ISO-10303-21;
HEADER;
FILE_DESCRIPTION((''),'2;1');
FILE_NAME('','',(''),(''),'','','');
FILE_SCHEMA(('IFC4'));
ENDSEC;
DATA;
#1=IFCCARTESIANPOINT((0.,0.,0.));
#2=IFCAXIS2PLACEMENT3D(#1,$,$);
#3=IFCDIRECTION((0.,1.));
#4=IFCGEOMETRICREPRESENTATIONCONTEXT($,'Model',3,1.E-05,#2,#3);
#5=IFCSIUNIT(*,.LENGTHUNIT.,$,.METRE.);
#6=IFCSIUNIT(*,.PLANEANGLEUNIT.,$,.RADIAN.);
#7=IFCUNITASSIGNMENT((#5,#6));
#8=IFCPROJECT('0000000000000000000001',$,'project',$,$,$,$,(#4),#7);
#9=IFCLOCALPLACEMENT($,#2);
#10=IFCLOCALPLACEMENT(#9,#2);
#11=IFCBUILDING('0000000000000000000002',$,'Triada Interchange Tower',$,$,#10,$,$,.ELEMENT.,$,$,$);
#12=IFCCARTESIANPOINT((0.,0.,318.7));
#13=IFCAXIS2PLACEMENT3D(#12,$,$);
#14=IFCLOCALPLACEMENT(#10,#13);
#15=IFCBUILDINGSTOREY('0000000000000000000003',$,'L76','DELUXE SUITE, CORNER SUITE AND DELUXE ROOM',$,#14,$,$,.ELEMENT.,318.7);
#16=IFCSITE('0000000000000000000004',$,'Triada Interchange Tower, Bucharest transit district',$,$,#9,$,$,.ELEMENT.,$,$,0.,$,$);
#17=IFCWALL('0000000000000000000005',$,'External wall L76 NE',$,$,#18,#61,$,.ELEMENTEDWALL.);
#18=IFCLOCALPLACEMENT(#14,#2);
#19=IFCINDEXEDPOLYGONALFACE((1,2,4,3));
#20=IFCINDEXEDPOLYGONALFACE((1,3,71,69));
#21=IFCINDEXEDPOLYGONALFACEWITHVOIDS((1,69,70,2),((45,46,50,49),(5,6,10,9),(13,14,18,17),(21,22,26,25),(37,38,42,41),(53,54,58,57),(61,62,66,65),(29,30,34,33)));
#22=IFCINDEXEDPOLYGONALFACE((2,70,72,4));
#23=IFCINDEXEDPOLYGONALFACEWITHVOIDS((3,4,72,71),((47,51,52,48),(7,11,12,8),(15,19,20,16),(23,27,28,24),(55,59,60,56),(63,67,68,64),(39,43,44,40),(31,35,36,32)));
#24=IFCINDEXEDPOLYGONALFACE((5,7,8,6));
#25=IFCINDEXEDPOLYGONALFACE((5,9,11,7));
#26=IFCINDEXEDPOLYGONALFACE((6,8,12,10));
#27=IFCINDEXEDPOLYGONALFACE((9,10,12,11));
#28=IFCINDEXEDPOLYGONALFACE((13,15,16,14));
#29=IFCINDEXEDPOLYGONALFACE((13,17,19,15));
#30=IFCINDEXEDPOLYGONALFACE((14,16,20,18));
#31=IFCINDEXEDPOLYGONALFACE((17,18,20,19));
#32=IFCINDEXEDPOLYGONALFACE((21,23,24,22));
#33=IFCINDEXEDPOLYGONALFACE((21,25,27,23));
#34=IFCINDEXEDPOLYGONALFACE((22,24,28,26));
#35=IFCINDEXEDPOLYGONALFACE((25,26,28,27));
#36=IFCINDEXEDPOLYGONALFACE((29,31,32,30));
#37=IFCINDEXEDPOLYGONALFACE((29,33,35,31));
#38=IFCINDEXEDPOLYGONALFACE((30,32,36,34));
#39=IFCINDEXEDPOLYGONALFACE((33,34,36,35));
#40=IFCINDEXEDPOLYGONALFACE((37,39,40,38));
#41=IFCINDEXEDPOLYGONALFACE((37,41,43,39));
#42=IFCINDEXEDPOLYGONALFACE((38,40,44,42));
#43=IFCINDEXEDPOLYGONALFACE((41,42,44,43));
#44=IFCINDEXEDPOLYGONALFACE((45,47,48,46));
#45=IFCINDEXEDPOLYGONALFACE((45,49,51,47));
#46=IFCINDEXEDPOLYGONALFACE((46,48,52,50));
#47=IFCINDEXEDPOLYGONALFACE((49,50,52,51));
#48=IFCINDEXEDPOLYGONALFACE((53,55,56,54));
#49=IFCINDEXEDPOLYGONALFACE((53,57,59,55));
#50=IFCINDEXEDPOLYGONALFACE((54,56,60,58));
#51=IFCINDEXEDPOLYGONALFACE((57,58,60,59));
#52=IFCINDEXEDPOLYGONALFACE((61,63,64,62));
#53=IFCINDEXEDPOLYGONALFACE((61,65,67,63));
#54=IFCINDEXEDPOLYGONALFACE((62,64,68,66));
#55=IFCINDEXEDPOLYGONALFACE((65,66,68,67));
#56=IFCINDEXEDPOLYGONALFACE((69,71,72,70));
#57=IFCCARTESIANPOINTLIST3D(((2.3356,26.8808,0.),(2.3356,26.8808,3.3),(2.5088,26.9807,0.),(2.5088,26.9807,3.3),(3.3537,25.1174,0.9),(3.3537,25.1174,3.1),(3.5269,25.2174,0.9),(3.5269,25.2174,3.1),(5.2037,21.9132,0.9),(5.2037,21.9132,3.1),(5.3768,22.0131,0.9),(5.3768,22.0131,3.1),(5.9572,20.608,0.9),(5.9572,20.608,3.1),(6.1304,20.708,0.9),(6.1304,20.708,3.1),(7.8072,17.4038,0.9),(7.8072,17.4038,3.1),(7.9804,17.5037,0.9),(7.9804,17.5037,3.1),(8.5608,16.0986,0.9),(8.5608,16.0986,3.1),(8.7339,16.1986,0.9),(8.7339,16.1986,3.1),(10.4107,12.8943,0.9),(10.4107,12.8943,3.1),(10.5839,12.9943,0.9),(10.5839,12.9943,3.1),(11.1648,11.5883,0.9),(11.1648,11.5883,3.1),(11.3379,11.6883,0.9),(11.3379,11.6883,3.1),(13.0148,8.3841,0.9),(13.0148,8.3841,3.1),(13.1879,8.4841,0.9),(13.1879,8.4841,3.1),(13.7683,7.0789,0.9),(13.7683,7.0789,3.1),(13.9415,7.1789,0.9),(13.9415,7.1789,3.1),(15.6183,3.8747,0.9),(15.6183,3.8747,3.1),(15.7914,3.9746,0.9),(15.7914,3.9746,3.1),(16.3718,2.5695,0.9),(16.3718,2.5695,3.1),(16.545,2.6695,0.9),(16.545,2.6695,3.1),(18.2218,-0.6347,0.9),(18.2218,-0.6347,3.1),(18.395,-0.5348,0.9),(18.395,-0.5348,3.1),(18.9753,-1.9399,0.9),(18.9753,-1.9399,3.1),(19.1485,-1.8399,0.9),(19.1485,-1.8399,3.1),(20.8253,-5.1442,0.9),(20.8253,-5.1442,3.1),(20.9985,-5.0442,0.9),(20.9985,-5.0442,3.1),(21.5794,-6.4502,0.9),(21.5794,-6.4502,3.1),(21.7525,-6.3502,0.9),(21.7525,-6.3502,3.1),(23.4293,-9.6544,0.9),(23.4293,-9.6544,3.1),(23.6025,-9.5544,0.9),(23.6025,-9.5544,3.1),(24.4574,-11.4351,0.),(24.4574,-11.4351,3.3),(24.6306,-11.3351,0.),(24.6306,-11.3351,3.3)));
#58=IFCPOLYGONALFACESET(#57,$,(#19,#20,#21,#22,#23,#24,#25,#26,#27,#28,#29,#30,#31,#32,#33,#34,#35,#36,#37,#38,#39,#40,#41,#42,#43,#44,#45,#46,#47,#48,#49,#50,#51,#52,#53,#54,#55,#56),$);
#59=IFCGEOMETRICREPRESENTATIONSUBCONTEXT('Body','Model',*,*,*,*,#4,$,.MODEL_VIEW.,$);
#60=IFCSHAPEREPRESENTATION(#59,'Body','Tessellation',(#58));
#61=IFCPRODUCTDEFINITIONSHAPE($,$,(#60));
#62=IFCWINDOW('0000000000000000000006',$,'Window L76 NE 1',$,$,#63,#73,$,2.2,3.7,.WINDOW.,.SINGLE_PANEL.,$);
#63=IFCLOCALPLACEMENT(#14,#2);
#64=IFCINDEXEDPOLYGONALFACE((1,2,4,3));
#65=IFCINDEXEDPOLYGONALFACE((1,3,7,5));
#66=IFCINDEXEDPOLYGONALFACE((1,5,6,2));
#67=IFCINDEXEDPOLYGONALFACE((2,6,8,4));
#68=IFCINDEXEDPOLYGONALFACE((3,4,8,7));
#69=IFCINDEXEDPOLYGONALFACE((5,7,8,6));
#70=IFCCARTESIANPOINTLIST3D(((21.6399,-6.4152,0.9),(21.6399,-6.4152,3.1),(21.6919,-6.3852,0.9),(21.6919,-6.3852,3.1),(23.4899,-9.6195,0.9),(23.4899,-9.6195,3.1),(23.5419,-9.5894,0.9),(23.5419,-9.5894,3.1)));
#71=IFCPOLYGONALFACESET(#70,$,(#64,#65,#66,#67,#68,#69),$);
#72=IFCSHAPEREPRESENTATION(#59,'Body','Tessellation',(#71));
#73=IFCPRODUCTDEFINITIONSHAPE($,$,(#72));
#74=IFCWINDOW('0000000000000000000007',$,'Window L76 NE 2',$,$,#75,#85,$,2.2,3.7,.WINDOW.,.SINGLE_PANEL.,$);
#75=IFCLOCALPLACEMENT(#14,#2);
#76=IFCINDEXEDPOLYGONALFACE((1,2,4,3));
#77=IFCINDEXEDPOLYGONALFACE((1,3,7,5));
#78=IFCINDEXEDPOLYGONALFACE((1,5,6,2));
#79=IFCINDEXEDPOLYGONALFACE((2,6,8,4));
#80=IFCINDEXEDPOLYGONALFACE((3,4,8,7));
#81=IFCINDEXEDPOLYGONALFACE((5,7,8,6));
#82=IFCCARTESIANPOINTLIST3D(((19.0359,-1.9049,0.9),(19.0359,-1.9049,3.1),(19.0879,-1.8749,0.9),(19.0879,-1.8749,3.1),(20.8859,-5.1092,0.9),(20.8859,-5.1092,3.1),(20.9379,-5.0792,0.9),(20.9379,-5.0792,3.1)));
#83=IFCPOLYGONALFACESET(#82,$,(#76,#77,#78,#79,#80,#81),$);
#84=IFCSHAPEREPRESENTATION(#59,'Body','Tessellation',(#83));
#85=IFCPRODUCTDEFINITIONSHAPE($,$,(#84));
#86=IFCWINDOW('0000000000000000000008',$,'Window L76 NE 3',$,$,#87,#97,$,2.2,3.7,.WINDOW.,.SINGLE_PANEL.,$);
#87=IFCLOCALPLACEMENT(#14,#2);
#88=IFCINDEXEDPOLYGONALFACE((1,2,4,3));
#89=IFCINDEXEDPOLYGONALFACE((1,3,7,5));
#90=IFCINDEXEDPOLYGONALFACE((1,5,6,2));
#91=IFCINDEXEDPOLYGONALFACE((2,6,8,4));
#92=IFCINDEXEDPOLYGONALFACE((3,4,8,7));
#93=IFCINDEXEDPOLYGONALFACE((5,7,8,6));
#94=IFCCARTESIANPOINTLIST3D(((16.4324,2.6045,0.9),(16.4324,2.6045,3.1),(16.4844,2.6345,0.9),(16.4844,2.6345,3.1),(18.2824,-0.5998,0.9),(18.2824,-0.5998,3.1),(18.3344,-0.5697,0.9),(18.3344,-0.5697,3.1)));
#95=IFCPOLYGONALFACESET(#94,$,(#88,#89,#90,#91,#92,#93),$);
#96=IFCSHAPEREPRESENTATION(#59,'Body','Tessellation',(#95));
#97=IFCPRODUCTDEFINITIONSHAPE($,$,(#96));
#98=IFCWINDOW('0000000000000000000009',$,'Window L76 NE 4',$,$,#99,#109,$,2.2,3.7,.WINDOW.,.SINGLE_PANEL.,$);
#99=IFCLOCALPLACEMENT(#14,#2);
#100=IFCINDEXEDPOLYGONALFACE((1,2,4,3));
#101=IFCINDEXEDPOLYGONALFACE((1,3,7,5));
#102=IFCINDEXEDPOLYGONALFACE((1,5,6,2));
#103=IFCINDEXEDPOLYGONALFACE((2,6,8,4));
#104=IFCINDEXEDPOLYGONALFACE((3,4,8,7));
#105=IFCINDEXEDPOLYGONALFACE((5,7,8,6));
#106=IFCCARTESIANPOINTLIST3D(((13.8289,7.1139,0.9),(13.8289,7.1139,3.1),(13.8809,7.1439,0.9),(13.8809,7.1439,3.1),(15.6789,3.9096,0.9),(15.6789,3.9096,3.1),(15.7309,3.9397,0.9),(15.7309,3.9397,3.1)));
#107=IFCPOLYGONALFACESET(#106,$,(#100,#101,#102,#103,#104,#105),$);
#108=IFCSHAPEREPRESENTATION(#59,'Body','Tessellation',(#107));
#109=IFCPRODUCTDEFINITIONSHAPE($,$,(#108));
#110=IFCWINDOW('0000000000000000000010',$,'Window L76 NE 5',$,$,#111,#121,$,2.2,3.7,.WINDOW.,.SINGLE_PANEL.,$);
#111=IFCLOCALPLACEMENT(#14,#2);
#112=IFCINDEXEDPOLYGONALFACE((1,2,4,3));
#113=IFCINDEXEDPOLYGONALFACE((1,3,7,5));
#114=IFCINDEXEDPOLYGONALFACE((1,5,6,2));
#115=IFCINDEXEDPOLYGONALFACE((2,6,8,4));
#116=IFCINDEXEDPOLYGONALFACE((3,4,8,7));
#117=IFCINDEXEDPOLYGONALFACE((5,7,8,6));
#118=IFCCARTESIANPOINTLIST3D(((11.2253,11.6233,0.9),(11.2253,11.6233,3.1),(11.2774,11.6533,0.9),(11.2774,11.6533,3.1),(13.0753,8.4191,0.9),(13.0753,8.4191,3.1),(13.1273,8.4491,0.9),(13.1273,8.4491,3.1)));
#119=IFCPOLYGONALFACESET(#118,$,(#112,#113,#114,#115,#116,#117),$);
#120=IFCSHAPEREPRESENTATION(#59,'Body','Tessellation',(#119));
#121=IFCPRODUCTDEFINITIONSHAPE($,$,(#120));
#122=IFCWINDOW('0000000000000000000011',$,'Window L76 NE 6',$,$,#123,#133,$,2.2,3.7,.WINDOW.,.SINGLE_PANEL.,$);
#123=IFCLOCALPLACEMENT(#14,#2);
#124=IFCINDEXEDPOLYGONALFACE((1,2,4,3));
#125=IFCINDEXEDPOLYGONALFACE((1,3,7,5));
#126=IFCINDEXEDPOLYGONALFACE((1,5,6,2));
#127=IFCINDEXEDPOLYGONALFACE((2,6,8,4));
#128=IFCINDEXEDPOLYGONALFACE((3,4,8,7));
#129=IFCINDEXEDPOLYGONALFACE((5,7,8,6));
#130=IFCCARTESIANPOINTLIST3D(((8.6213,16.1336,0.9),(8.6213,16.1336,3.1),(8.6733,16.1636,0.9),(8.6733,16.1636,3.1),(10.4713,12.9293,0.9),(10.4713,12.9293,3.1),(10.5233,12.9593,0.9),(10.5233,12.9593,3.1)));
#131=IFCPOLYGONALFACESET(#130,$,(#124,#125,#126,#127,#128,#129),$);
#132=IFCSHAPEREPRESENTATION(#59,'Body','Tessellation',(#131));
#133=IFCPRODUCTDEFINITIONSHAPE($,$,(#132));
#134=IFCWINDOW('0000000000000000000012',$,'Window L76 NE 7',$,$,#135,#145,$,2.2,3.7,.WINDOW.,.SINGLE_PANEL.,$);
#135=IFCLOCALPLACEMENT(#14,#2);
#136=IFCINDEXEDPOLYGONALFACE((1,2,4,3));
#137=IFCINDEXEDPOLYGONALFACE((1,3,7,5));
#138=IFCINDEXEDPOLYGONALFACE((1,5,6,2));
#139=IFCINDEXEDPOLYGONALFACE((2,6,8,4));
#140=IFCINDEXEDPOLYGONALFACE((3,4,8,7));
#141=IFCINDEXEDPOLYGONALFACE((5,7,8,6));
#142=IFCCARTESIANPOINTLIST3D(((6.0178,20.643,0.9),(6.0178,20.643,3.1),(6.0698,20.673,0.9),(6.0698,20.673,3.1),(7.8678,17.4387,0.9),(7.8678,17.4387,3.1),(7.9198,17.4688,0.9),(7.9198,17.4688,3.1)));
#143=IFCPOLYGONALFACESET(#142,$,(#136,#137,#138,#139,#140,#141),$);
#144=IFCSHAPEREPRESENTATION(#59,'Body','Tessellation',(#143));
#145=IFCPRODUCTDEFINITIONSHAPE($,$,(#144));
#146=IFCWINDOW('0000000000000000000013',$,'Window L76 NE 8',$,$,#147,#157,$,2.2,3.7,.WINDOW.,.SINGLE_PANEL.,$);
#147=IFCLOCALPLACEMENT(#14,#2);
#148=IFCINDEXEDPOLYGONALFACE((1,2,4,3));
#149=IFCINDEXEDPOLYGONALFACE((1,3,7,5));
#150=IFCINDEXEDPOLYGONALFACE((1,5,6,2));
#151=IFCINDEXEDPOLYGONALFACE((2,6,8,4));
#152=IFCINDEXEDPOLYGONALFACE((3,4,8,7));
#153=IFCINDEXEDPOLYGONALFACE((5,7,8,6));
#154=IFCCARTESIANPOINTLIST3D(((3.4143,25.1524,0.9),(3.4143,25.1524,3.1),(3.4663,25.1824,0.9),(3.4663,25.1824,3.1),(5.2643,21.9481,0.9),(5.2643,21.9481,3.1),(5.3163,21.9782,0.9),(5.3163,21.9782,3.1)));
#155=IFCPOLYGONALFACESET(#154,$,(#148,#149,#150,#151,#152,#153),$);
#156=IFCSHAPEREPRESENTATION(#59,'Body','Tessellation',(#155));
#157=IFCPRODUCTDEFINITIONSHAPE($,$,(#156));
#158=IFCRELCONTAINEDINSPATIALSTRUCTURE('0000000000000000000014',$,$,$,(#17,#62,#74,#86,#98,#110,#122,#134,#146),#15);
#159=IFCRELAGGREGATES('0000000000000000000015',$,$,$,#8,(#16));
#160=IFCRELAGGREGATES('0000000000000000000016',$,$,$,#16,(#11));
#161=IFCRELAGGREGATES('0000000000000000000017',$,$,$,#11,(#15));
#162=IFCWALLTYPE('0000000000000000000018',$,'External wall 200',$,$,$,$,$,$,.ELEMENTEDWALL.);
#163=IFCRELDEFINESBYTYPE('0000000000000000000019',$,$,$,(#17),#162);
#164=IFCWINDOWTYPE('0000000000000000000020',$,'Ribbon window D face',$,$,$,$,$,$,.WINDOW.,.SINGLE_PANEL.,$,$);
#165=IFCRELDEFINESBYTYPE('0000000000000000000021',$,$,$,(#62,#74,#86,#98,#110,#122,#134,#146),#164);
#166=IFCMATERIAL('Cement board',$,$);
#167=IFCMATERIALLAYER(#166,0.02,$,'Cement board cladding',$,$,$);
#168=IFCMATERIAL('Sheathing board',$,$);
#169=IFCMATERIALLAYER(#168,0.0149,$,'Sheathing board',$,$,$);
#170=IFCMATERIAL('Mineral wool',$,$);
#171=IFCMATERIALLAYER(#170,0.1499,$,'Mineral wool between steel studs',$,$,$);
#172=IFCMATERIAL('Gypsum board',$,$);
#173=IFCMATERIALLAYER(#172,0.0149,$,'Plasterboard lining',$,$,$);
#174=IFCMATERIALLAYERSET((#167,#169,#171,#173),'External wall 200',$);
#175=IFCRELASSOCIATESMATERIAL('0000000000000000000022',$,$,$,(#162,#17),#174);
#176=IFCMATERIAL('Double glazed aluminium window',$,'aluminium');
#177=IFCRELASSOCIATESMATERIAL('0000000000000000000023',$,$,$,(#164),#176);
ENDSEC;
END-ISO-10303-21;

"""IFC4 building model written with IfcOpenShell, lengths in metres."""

from ifc_helpers import new_model, si_unit, direction, frame, frame_2d, origin, place, context, subcontext, project, spatial, rectangle, extrude, material, layer, layer_set, layer_usage, type_object, element, fill, save


model = new_model("IFC4")

# Units and contexts
model_context = context("Model", 3, precision=1e-05, world=origin(), true_north=direction((0.0, 1.0)))
body_context = subcontext(model_context, "Body", "Model", "MODEL_VIEW")
ifc_project = project(units=[si_unit("LENGTHUNIT", "METRE"), si_unit("PLANEANGLEUNIT", "RADIAN")], contexts=[model_context])

# Site, building, storey
site_placement = place(None, origin())
site = spatial("IfcSite", under=ifc_project, at=site_placement, Name="Triada Interchange Tower, Bucharest transit district", CompositionType="ELEMENT", RefElevation=0.0)
building_placement = place(site_placement, origin())
building = spatial("IfcBuilding", under=site, at=building_placement, Name="Triada Interchange Tower", CompositionType="ELEMENT")
storey_placement = place(building_placement, frame((0.0, 0.0, 318.7)))
storey = spatial("IfcBuildingStorey", under=building, at=storey_placement, Name="L76", Description="DELUXE SUITE, CORNER SUITE AND DELUXE ROOM", CompositionType="ELEMENT", Elevation=318.7)

# Shared definitions
ifc_material_1 = material(Name="Cement board")
ifc_layer_1 = layer(ifc_material_1, 0.02, Name="Cement board cladding")
ifc_material_2 = material(Name="Sheathing board")
ifc_layer_2 = layer(ifc_material_2, 0.0149, Name="Sheathing board")
ifc_material_3 = material(Name="Mineral wool")
ifc_layer_3 = layer(ifc_material_3, 0.1499, Name="Mineral wool between steel studs")
ifc_material_4 = material(Name="Gypsum board")
ifc_layer_4 = layer(ifc_material_4, 0.0149, Name="Plasterboard lining")
ifc_layer_set_1 = layer_set([ifc_layer_1, ifc_layer_2, ifc_layer_3, ifc_layer_4], Name="External wall 200")
ifc_layer_usage = layer_usage(ifc_layer_set_1, "AXIS2", "POSITIVE", -0.1001)
wall_type = type_object("IfcWallType", Name="External wall 200", PredefinedType="ELEMENTEDWALL", material=ifc_layer_set_1)
ifc_material_5 = material(Name="Double glazed aluminium window", Category="aluminium")

# Wall, openings, windows
wall_1_placement = place(storey_placement, frame((24.5439, -11.385, 0.0), z_axis=(0.0, 0.0, 1.0), x_axis=(-0.500002, 0.866024, 0.0)))
wall_1 = element("IfcWall", 1, at=wall_1_placement, inside=storey, type_object=wall_type, material=ifc_layer_usage, Name="External wall L76 NE", PredefinedType="ELEMENTEDWALL", context=body_context, shape_type="SweptSolid", body=[
    extrude(rectangle(XDim=44.2434, YDim=0.2, at=frame_2d((22.1216, 0.0))), origin(), (0.0, 0.0, 1.0), 3.3),
])
opening_1_placement = place(wall_1_placement, frame((2.0559, 0.0, 0.8999)))
opening_1 = element("IfcOpeningElement", 2, at=opening_1_placement, cuts=wall_1, PredefinedType="OPENING", context=body_context, shape_type="SweptSolid", body=[
    extrude(rectangle(XDim=3.7, YDim=2.2, at=frame_2d((1.8501, 1.1001))), frame((0.0, 0.1099, 0.0), z_axis=(0.0, -1.0, 0.0), x_axis=(1.0, 0.0, 0.0)), (0.0, 0.0, 1.0), 0.22),
])
opening_2_placement = place(wall_1_placement, frame((7.2639, 0.0, 0.8999)))
opening_2 = element("IfcOpeningElement", 3, at=opening_2_placement, cuts=wall_1, PredefinedType="OPENING", context=body_context, shape_type="SweptSolid", body=[
    extrude(rectangle(XDim=3.7, YDim=2.2, at=frame_2d((1.8501, 1.1001))), frame((0.0, 0.1099, 0.0), z_axis=(0.0, -1.0, 0.0), x_axis=(1.0, 0.0, 0.0)), (0.0, 0.0, 1.0), 0.22),
])
opening_3_placement = place(wall_1_placement, frame((12.4709, 0.0, 0.8999)))
opening_3 = element("IfcOpeningElement", 4, at=opening_3_placement, cuts=wall_1, PredefinedType="OPENING", context=body_context, shape_type="SweptSolid", body=[
    extrude(rectangle(XDim=3.7, YDim=2.2, at=frame_2d((1.8501, 1.1001))), frame((0.0, 0.1099, 0.0), z_axis=(0.0, -1.0, 0.0), x_axis=(1.0, 0.0, 0.0)), (0.0, 0.0, 1.0), 0.22),
])
opening_4_placement = place(wall_1_placement, frame((17.678, 0.0, 0.8999)))
opening_4 = element("IfcOpeningElement", 5, at=opening_4_placement, cuts=wall_1, PredefinedType="OPENING", context=body_context, shape_type="SweptSolid", body=[
    extrude(rectangle(XDim=3.7, YDim=2.2, at=frame_2d((1.8501, 1.1001))), frame((0.0, 0.1099, 0.0), z_axis=(0.0, -1.0, 0.0), x_axis=(1.0, 0.0, 0.0)), (0.0, 0.0, 1.0), 0.22),
])
opening_5_placement = place(wall_1_placement, frame((22.885, 0.0, 0.8999)))
opening_5 = element("IfcOpeningElement", 6, at=opening_5_placement, cuts=wall_1, PredefinedType="OPENING", context=body_context, shape_type="SweptSolid", body=[
    extrude(rectangle(XDim=3.7, YDim=2.2, at=frame_2d((1.8501, 1.1001))), frame((0.0, 0.1099, 0.0), z_axis=(0.0, -1.0, 0.0), x_axis=(1.0, 0.0, 0.0)), (0.0, 0.0, 1.0), 0.22),
])
opening_6_placement = place(wall_1_placement, frame((28.093, 0.0, 0.8999)))
opening_6 = element("IfcOpeningElement", 7, at=opening_6_placement, cuts=wall_1, PredefinedType="OPENING", context=body_context, shape_type="SweptSolid", body=[
    extrude(rectangle(XDim=3.7, YDim=2.2, at=frame_2d((1.8501, 1.1001))), frame((0.0, 0.1099, 0.0), z_axis=(0.0, -1.0, 0.0), x_axis=(1.0, 0.0, 0.0)), (0.0, 0.0, 1.0), 0.22),
])
opening_7_placement = place(wall_1_placement, frame((33.3, 0.0, 0.8999)))
opening_7 = element("IfcOpeningElement", 8, at=opening_7_placement, cuts=wall_1, PredefinedType="OPENING", context=body_context, shape_type="SweptSolid", body=[
    extrude(rectangle(XDim=3.7, YDim=2.2, at=frame_2d((1.8501, 1.1001))), frame((0.0, 0.1099, 0.0), z_axis=(0.0, -1.0, 0.0), x_axis=(1.0, 0.0, 0.0)), (0.0, 0.0, 1.0), 0.22),
])
opening_8_placement = place(wall_1_placement, frame((38.5071, 0.0, 0.8999)))
opening_8 = element("IfcOpeningElement", 9, at=opening_8_placement, cuts=wall_1, PredefinedType="OPENING", context=body_context, shape_type="SweptSolid", body=[
    extrude(rectangle(XDim=3.7, YDim=2.2, at=frame_2d((1.8501, 1.1001))), frame((0.0, 0.1099, 0.0), z_axis=(0.0, -1.0, 0.0), x_axis=(1.0, 0.0, 0.0)), (0.0, 0.0, 1.0), 0.22),
])
window_type_1 = type_object("IfcWindowType", Name="Ribbon window D face", PartitioningType="SINGLE_PANEL", PredefinedType="WINDOW", material=ifc_material_5)
window_1_placement = place(opening_1_placement, origin())
window_1 = element("IfcWindow", 10, at=window_1_placement, inside=storey, type_object=window_type_1, Name="Window L76 NE 1", OverallHeight=2.2, OverallWidth=3.7, PartitioningType="SINGLE_PANEL", PredefinedType="WINDOW", context=body_context, shape_type="SweptSolid", body=[
    extrude(rectangle(XDim=3.7, YDim=2.2, at=frame_2d((1.8501, 1.1001))), frame((0.0, 0.03, 0.0), z_axis=(0.0, -1.0, 0.0), x_axis=(1.0, 0.0, 0.0)), (0.0, 0.0, 1.0), 0.0601),
])
fill(opening_1, window_1)
window_2_placement = place(opening_2_placement, origin())
window_2 = element("IfcWindow", 11, at=window_2_placement, inside=storey, type_object=window_type_1, Name="Window L76 NE 2", OverallHeight=2.2, OverallWidth=3.7, PartitioningType="SINGLE_PANEL", PredefinedType="WINDOW", context=body_context, shape_type="SweptSolid", body=[
    extrude(rectangle(XDim=3.7, YDim=2.2, at=frame_2d((1.8501, 1.1001))), frame((0.0, 0.03, 0.0), z_axis=(0.0, -1.0, 0.0), x_axis=(1.0, 0.0, 0.0)), (0.0, 0.0, 1.0), 0.0601),
])
fill(opening_2, window_2)
window_3_placement = place(opening_3_placement, origin())
window_3 = element("IfcWindow", 12, at=window_3_placement, inside=storey, type_object=window_type_1, Name="Window L76 NE 3", OverallHeight=2.2, OverallWidth=3.7, PartitioningType="SINGLE_PANEL", PredefinedType="WINDOW", context=body_context, shape_type="SweptSolid", body=[
    extrude(rectangle(XDim=3.7, YDim=2.2, at=frame_2d((1.8501, 1.1001))), frame((0.0, 0.03, 0.0), z_axis=(0.0, -1.0, 0.0), x_axis=(1.0, 0.0, 0.0)), (0.0, 0.0, 1.0), 0.0601),
])
fill(opening_3, window_3)
window_4_placement = place(opening_4_placement, origin())
window_4 = element("IfcWindow", 13, at=window_4_placement, inside=storey, type_object=window_type_1, Name="Window L76 NE 4", OverallHeight=2.2, OverallWidth=3.7, PartitioningType="SINGLE_PANEL", PredefinedType="WINDOW", context=body_context, shape_type="SweptSolid", body=[
    extrude(rectangle(XDim=3.7, YDim=2.2, at=frame_2d((1.8501, 1.1001))), frame((0.0, 0.03, 0.0), z_axis=(0.0, -1.0, 0.0), x_axis=(1.0, 0.0, 0.0)), (0.0, 0.0, 1.0), 0.0601),
])
fill(opening_4, window_4)
window_5_placement = place(opening_5_placement, origin())
window_5 = element("IfcWindow", 14, at=window_5_placement, inside=storey, type_object=window_type_1, Name="Window L76 NE 5", OverallHeight=2.2, OverallWidth=3.7, PartitioningType="SINGLE_PANEL", PredefinedType="WINDOW", context=body_context, shape_type="SweptSolid", body=[
    extrude(rectangle(XDim=3.7, YDim=2.2, at=frame_2d((1.8501, 1.1001))), frame((0.0, 0.03, 0.0), z_axis=(0.0, -1.0, 0.0), x_axis=(1.0, 0.0, 0.0)), (0.0, 0.0, 1.0), 0.0601),
])
fill(opening_5, window_5)
window_6_placement = place(opening_6_placement, origin())
window_6 = element("IfcWindow", 15, at=window_6_placement, inside=storey, type_object=window_type_1, Name="Window L76 NE 6", OverallHeight=2.2, OverallWidth=3.7, PartitioningType="SINGLE_PANEL", PredefinedType="WINDOW", context=body_context, shape_type="SweptSolid", body=[
    extrude(rectangle(XDim=3.7, YDim=2.2, at=frame_2d((1.8501, 1.1001))), frame((0.0, 0.03, 0.0), z_axis=(0.0, -1.0, 0.0), x_axis=(1.0, 0.0, 0.0)), (0.0, 0.0, 1.0), 0.0601),
])
fill(opening_6, window_6)
window_7_placement = place(opening_7_placement, origin())
window_7 = element("IfcWindow", 16, at=window_7_placement, inside=storey, type_object=window_type_1, Name="Window L76 NE 7", OverallHeight=2.2, OverallWidth=3.7, PartitioningType="SINGLE_PANEL", PredefinedType="WINDOW", context=body_context, shape_type="SweptSolid", body=[
    extrude(rectangle(XDim=3.7, YDim=2.2, at=frame_2d((1.8501, 1.1001))), frame((0.0, 0.03, 0.0), z_axis=(0.0, -1.0, 0.0), x_axis=(1.0, 0.0, 0.0)), (0.0, 0.0, 1.0), 0.0601),
])
fill(opening_7, window_7)
window_8_placement = place(opening_8_placement, origin())
window_8 = element("IfcWindow", 17, at=window_8_placement, inside=storey, type_object=window_type_1, Name="Window L76 NE 8", OverallHeight=2.2, OverallWidth=3.7, PartitioningType="SINGLE_PANEL", PredefinedType="WINDOW", context=body_context, shape_type="SweptSolid", body=[
    extrude(rectangle(XDim=3.7, YDim=2.2, at=frame_2d((1.8501, 1.1001))), frame((0.0, 0.03, 0.0), z_axis=(0.0, -1.0, 0.0), x_axis=(1.0, 0.0, 0.0)), (0.0, 0.0, 1.0), 0.0601),
])
fill(opening_8, window_8)

save(model, "model.ifc")
